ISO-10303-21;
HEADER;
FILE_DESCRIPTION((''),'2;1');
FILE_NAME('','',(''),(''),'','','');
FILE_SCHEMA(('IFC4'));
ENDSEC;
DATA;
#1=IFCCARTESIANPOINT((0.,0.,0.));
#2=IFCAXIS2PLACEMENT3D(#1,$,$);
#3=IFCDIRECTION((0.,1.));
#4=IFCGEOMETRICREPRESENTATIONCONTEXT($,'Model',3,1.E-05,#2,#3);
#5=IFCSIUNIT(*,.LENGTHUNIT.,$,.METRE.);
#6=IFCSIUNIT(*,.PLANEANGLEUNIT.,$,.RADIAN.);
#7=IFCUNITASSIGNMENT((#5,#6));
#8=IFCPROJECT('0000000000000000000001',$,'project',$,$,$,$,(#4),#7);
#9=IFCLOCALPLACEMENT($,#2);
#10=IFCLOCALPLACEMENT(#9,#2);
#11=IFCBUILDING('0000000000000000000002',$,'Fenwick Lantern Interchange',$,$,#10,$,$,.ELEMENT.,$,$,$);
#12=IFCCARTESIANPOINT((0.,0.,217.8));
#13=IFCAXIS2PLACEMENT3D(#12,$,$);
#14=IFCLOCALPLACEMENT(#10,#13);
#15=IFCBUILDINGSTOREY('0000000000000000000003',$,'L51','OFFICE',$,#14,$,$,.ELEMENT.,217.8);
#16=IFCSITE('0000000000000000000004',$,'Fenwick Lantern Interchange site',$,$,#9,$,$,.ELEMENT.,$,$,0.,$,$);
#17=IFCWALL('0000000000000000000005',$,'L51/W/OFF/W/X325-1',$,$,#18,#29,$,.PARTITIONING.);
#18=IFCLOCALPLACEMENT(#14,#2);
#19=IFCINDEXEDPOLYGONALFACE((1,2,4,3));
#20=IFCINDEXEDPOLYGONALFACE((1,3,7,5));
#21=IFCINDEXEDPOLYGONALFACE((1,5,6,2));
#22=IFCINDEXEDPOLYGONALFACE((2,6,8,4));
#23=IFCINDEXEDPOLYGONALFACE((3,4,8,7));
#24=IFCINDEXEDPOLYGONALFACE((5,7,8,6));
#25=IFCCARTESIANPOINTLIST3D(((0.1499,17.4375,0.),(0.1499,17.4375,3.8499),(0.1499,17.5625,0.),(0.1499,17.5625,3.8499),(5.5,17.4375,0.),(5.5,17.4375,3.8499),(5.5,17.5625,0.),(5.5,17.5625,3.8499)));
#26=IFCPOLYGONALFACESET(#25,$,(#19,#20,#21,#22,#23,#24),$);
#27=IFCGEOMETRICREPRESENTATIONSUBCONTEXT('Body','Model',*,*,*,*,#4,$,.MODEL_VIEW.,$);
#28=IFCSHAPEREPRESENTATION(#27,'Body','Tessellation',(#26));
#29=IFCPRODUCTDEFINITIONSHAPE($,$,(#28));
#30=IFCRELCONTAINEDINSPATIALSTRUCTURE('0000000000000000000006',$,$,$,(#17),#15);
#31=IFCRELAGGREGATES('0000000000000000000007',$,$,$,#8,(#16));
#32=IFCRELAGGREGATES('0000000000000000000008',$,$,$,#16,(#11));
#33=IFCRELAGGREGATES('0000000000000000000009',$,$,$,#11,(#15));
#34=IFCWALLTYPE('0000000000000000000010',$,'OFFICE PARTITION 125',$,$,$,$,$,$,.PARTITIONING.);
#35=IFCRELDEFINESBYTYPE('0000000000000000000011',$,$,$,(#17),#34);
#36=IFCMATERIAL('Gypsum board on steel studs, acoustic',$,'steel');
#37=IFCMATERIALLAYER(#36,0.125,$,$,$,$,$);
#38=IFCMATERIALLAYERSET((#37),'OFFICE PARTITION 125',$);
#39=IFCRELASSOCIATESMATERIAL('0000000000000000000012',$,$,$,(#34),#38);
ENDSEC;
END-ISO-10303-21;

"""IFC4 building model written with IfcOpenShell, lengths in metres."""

from ifc_helpers import new_model, si_unit, direction, frame, frame_2d, origin, place, context, subcontext, project, spatial, rectangle, extrude, material, layer, layer_set, type_object, element, save


model = new_model("IFC4")

# Units and contexts
model_context = context("Model", 3, precision=1e-05, world=origin(), true_north=direction((0.0, 1.0)))
body_context = subcontext(model_context, "Body", "Model", "MODEL_VIEW")
ifc_project = project(units=[si_unit("LENGTHUNIT", "METRE"), si_unit("PLANEANGLEUNIT", "RADIAN")], contexts=[model_context])

# Site, building, storey
site_placement = place(None, origin())
site = spatial("IfcSite", under=ifc_project, at=site_placement, Name="Fenwick Lantern Interchange site", CompositionType="ELEMENT", RefElevation=0.0)
building_placement = place(site_placement, origin())
building = spatial("IfcBuilding", under=site, at=building_placement, Name="Fenwick Lantern Interchange", CompositionType="ELEMENT")
storey_placement = place(building_placement, frame((0.0, 0.0, 217.8)))
storey = spatial("IfcBuildingStorey", under=building, at=storey_placement, Name="L51", Description="OFFICE", CompositionType="ELEMENT", Elevation=217.8)

# Wall
ifc_material_1 = material(Name="Gypsum board on steel studs, acoustic", Category="steel")
ifc_layer_1 = layer(ifc_material_1, 0.125)
ifc_layer_set_1 = layer_set([ifc_layer_1], Name="OFFICE PARTITION 125")
wall_type_1 = type_object("IfcWallType", Name="OFFICE PARTITION 125", PredefinedType="PARTITIONING", material=ifc_layer_set_1)
for number, where, z_axis, x_axis, name in (
    (1, (0.1499, 17.5, 0.0), (0.0, 0.0, 1.0), (1.0, 0.0, 0.0), "L51/W/OFF/W/X325-1"),
):
    element("IfcWall", number, at=place(storey_placement, frame(where, z_axis=z_axis, x_axis=x_axis)), inside=storey, type_object=wall_type_1, Name=name, PredefinedType="PARTITIONING", context=body_context, shape_type="SweptSolid", body=[
        extrude(rectangle(XDim=5.3501, YDim=0.125, at=frame_2d((2.675, 0.0))), origin(), (0.0, 0.0, 1.0), 3.8499),
    ])

save(model, "model.ifc")
